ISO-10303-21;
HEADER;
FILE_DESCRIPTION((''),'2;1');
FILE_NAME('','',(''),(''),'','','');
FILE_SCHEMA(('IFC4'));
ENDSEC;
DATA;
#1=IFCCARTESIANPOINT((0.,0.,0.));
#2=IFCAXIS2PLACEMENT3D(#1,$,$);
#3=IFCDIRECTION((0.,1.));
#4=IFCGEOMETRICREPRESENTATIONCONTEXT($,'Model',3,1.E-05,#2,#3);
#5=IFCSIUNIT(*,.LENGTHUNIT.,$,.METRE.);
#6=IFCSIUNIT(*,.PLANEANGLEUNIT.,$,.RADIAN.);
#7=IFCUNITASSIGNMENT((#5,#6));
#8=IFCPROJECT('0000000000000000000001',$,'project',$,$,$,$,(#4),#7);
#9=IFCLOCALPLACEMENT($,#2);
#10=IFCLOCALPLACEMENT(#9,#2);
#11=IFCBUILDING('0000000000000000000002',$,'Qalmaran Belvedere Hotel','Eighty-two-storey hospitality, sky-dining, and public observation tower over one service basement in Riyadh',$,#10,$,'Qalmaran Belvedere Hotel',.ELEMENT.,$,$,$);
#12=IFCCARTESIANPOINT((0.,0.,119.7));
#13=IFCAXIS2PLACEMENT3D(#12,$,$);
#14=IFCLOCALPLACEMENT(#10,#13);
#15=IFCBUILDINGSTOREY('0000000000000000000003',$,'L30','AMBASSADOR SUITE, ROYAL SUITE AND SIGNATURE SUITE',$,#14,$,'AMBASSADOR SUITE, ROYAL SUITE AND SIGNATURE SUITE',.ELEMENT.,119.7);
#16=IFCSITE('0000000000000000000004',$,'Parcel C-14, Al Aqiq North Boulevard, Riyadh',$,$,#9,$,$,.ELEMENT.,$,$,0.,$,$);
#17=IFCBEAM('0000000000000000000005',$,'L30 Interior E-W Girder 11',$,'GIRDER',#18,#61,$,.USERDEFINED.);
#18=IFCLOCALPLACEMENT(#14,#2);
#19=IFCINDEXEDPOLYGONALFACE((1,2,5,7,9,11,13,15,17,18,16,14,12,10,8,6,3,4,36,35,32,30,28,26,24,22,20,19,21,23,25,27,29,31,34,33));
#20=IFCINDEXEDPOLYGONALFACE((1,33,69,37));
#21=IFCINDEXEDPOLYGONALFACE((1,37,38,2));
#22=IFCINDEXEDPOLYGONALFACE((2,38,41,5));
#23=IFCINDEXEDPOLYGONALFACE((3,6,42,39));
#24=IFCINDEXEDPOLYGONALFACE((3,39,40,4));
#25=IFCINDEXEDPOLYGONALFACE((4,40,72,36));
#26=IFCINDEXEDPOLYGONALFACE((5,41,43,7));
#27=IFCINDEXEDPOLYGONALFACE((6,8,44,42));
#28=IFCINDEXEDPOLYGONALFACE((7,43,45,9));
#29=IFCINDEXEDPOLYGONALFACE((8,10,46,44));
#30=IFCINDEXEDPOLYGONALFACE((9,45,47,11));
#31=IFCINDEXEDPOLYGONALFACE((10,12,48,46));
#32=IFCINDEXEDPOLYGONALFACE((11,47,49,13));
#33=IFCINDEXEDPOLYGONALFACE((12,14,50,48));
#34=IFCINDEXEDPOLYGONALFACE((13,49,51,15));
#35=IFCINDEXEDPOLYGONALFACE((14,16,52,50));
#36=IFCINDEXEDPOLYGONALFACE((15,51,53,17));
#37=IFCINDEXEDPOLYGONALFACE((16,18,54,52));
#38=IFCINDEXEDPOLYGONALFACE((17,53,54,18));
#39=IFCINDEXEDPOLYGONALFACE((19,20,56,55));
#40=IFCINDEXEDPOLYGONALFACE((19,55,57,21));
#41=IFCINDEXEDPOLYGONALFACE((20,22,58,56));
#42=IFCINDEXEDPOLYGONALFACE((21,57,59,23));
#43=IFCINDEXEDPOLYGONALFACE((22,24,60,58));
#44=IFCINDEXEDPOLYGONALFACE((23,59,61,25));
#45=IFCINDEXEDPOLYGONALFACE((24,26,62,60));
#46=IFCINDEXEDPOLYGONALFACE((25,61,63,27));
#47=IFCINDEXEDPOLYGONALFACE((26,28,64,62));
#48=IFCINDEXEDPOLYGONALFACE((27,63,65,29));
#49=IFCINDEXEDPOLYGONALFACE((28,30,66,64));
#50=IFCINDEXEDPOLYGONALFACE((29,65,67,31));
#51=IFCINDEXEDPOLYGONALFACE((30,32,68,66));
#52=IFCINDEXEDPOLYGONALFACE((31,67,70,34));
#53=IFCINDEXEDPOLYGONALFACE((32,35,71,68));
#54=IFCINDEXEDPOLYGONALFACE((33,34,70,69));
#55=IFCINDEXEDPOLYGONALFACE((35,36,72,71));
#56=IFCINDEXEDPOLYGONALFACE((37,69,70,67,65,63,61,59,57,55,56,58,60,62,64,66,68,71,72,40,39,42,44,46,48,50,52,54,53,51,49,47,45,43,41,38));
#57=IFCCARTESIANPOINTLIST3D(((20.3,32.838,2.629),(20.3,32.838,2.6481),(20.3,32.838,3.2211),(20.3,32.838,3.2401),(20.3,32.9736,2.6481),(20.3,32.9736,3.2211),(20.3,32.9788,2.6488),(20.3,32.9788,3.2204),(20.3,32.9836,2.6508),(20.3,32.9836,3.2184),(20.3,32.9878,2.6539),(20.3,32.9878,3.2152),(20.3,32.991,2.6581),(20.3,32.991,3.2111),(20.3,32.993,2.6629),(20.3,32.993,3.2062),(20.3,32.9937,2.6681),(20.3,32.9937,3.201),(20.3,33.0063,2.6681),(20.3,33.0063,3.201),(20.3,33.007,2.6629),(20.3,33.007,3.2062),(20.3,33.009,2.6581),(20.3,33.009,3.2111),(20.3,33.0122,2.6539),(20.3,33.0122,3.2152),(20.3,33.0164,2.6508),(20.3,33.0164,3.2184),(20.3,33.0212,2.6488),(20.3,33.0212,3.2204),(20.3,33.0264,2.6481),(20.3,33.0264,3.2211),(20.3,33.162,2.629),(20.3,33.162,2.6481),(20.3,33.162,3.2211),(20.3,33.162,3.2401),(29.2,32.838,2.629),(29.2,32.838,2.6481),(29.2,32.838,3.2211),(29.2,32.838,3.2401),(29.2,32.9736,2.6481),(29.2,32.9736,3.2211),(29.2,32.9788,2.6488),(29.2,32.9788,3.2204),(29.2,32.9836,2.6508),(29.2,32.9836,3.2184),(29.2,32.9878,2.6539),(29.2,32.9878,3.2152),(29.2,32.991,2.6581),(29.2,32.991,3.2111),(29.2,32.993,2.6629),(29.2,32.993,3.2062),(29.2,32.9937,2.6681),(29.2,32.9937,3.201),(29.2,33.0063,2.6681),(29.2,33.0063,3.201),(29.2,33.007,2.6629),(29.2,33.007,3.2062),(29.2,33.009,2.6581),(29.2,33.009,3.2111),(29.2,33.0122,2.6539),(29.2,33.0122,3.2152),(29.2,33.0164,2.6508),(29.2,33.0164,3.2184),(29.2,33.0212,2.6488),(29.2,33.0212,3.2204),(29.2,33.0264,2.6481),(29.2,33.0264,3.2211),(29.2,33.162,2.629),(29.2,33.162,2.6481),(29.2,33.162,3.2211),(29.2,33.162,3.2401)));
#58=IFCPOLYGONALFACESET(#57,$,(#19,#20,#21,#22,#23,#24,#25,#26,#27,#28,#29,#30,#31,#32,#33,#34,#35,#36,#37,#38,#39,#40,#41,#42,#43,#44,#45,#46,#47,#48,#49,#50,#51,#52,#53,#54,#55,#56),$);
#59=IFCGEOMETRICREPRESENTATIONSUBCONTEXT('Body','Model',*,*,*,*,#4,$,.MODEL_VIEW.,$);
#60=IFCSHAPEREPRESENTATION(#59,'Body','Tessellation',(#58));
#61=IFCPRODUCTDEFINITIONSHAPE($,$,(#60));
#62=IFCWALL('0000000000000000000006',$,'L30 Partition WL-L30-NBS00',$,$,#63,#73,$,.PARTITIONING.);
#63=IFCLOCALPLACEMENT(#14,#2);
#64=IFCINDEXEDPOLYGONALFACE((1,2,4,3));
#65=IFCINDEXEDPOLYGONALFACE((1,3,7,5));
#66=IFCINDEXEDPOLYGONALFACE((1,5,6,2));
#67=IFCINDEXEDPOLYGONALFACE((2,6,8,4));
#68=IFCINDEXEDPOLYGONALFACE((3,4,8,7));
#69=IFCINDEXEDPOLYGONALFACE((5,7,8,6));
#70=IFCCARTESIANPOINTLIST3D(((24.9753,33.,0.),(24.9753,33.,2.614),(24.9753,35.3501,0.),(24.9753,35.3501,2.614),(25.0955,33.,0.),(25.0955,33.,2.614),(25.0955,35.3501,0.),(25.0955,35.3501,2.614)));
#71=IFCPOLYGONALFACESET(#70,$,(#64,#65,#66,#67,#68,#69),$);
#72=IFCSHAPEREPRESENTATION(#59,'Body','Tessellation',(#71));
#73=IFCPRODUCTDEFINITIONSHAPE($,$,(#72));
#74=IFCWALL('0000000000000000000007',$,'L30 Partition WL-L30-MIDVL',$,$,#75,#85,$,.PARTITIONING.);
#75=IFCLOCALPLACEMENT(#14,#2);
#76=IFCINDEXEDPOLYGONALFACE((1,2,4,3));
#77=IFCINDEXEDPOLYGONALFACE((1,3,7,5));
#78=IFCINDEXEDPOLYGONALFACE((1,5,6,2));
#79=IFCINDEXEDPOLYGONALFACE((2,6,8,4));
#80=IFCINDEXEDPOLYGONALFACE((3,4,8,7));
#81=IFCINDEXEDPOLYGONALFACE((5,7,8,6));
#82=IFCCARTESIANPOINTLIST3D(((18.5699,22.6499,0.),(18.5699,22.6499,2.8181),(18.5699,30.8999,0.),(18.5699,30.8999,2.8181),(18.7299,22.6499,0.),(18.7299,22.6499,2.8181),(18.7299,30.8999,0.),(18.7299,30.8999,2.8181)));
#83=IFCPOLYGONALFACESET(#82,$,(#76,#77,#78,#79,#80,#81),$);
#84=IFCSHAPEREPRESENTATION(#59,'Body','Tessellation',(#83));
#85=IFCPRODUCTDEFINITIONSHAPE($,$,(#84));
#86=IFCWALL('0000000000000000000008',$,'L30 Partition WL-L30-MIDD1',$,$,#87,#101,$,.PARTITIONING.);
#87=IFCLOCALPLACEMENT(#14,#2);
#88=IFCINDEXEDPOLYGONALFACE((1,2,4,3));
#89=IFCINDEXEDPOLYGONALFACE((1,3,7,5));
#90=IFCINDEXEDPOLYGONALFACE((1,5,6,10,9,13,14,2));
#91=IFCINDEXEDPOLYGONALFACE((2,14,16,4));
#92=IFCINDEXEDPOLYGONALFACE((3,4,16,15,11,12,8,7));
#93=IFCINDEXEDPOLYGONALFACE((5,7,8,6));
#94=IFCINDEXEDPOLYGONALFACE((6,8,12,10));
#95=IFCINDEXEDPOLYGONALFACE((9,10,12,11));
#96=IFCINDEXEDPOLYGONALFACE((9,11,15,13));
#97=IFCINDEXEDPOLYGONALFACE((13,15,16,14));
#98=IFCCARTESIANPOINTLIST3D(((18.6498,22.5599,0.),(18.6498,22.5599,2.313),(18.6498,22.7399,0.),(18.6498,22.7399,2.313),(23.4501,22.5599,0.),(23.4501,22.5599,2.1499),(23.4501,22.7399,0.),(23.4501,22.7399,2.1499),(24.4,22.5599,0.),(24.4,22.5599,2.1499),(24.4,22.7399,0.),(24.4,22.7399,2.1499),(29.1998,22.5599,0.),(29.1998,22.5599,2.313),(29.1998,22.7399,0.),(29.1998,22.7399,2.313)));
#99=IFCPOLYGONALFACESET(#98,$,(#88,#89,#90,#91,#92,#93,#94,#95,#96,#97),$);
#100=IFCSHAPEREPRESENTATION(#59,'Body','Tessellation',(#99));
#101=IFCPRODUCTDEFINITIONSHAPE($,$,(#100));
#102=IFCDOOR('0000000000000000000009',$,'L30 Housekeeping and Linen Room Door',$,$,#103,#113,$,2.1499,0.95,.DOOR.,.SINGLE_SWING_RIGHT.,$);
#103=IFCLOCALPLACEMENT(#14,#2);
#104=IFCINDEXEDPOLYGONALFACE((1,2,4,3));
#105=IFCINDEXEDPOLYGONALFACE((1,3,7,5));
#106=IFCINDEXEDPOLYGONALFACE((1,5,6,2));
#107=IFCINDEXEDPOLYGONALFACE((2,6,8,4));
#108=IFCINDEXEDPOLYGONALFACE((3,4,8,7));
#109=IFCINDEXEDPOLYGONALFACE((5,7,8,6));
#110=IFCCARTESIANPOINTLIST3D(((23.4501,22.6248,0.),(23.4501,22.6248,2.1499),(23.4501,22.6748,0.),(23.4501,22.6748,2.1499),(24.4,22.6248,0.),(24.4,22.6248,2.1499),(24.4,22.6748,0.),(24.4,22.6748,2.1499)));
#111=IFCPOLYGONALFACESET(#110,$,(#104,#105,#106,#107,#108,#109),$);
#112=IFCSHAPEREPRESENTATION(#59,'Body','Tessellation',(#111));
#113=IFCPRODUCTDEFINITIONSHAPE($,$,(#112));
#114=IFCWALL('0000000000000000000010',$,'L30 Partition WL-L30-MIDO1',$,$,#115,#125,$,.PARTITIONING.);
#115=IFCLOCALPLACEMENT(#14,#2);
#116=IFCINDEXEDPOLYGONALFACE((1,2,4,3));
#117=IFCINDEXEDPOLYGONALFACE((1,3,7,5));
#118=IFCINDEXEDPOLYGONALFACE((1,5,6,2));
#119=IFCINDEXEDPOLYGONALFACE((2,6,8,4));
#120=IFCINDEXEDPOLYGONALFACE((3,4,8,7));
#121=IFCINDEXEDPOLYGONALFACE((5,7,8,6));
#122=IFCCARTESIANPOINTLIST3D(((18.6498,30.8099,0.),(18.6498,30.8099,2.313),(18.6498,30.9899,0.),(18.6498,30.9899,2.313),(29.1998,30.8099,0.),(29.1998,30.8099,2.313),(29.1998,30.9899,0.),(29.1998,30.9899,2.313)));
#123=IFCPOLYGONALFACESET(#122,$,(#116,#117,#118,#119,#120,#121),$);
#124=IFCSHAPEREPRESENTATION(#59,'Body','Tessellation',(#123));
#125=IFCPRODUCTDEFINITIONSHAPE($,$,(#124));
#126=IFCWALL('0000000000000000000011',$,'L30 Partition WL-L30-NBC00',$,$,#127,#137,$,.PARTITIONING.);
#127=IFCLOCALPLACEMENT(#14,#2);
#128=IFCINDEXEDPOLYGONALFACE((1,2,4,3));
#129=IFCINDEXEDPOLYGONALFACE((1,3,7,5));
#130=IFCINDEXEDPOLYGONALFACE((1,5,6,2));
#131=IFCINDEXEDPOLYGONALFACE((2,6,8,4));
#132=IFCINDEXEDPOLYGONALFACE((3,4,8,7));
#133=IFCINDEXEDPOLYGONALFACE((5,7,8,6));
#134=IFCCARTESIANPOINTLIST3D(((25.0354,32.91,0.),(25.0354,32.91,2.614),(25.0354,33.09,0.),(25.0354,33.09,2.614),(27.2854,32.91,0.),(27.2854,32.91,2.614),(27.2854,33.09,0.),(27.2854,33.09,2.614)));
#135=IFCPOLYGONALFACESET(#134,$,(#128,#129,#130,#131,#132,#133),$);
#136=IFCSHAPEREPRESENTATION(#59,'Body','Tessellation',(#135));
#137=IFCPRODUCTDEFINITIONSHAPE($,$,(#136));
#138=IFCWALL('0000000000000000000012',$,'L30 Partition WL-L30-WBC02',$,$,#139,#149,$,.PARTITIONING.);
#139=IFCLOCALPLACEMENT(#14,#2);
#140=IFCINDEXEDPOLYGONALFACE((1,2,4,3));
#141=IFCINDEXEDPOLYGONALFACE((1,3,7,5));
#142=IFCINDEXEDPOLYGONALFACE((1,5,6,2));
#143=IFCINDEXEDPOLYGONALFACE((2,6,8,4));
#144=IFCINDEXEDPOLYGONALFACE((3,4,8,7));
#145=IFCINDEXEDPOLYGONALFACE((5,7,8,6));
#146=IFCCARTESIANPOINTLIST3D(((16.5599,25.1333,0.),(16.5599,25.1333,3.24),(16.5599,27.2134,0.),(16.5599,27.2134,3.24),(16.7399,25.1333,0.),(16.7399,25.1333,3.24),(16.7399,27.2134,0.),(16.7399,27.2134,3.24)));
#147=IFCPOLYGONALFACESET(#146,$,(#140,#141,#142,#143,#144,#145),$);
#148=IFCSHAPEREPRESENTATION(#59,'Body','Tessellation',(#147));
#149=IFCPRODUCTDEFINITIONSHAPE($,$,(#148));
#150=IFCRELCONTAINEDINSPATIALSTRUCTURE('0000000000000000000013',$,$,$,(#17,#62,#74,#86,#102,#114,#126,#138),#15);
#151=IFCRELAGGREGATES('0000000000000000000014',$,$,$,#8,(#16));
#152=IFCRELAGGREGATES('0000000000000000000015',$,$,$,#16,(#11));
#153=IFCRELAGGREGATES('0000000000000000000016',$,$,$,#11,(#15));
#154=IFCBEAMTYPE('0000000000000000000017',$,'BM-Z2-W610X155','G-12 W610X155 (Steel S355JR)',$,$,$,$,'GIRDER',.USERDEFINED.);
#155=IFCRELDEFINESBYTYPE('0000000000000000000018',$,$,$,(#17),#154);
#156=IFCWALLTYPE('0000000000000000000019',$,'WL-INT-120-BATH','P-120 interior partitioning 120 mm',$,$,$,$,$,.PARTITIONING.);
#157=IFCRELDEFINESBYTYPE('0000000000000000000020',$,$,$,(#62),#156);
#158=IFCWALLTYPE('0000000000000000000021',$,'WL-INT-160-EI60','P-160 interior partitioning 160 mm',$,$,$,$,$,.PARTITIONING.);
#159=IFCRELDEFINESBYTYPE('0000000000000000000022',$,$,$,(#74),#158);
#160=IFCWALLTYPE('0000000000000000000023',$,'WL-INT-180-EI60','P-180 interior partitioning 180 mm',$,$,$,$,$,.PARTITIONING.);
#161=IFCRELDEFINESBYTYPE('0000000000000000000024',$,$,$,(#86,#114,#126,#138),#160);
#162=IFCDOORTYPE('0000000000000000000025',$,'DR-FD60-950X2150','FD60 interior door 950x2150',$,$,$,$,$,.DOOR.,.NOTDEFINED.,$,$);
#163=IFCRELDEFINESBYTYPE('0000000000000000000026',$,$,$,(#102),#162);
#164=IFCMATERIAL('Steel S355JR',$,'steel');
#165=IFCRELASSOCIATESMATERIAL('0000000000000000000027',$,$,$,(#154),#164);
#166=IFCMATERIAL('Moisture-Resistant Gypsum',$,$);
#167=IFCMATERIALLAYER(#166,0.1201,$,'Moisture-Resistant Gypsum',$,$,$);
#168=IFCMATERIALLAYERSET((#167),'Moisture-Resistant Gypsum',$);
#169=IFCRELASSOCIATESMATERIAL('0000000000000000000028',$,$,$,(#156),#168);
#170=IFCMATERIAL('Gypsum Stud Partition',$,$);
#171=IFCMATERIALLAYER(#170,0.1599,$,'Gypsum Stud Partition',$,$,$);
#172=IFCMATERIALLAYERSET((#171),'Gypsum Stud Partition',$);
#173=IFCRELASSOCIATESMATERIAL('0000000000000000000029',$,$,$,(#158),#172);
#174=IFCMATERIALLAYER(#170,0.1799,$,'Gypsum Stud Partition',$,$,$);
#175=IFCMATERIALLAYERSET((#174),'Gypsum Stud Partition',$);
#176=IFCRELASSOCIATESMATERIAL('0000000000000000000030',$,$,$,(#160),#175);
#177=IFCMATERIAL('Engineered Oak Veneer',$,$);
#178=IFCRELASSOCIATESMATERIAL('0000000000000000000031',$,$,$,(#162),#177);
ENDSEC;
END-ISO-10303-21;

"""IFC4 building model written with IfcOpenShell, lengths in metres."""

from ifc_helpers import new_model, si_unit, direction, frame, frame_2d, origin, origin_2d, place, context, subcontext, project, spatial, rectangle, i_section, extrude, material, layer, layer_set, material_profile, profile_set, type_object, element, fill, save


model = new_model("IFC4")

# Units and contexts
model_context = context("Model", 3, precision=1e-05, world=origin(), true_north=direction((0.0, 1.0)))
body_context = subcontext(model_context, "Body", "Model", "MODEL_VIEW")
ifc_project = project(units=[si_unit("LENGTHUNIT", "METRE"), si_unit("PLANEANGLEUNIT", "RADIAN")], contexts=[model_context])

# Site, building, storey
site_placement = place(None, origin())
site = spatial("IfcSite", under=ifc_project, at=site_placement, Name="Parcel C-14, Al Aqiq North Boulevard, Riyadh", CompositionType="ELEMENT", RefElevation=0.0)
building_placement = place(site_placement, origin())
building = spatial("IfcBuilding", under=site, at=building_placement, Name="Qalmaran Belvedere Hotel", Description="Eighty-two-storey hospitality, sky-dining, and public observation tower over one service basement in Riyadh", LongName="Qalmaran Belvedere Hotel", CompositionType="ELEMENT")
storey_placement = place(building_placement, frame((0.0, 0.0, 119.7)))
storey = spatial("IfcBuildingStorey", under=building, at=storey_placement, Name="L30", Description="AMBASSADOR SUITE, ROYAL SUITE AND SIGNATURE SUITE", LongName="AMBASSADOR SUITE, ROYAL SUITE AND SIGNATURE SUITE", CompositionType="ELEMENT", Elevation=119.7)

# Beam
ifc_material_1 = material(Name="Steel S355JR", Category="steel")
ifc_material_profile_1 = material_profile(ifc_material_1, i_section(OverallWidth=0.324, OverallDepth=0.6111, WebThickness=0.0127, FlangeThickness=0.019, FilletRadius=0.02, at=origin_2d()), Name="W610X155")
ifc_profile_set_1 = profile_set([ifc_material_profile_1], Name="Steel S355JR")
beam_type_1 = type_object("IfcBeamType", Name="BM-Z2-W610X155", Description="G-12 W610X155 (Steel S355JR)", ElementType="GIRDER", PredefinedType="USERDEFINED", material=ifc_profile_set_1)
beam_1_placement = place(storey_placement, frame((20.3, 33.0, 2.9346), z_axis=(1.0, 0.0, 0.0), x_axis=(0.0, 1.0, 0.0)))
element("IfcBeam", 1, at=beam_1_placement, inside=storey, type_object=beam_type_1, Name="L30 Interior E-W Girder 11", ObjectType="GIRDER", PredefinedType="USERDEFINED", context=body_context, shape_type="SweptSolid", body=[
    extrude(i_section(OverallWidth=0.324, OverallDepth=0.6111, WebThickness=0.0127, FlangeThickness=0.019, FilletRadius=0.02, at=origin_2d()), origin(), (0.0, 0.0, 1.0), 8.8999),
])

# Wall
ifc_material_2 = material(Name="Moisture-Resistant Gypsum")
ifc_layer_1 = layer(ifc_material_2, 0.1201, Name="Moisture-Resistant Gypsum")
ifc_layer_set_1 = layer_set([ifc_layer_1], Name="Moisture-Resistant Gypsum")
wall_type_1 = type_object("IfcWallType", Name="WL-INT-120-BATH", Description="P-120 interior partitioning 120 mm", PredefinedType="PARTITIONING", material=ifc_layer_set_1)
wall_1_placement = place(storey_placement, frame((25.0354, 33.0, 0.0), z_axis=(0.0, 0.0, 1.0), x_axis=(0.0, 1.0, 0.0)))
element("IfcWall", 2, at=wall_1_placement, inside=storey, type_object=wall_type_1, Name="L30 Partition WL-L30-NBS00", PredefinedType="PARTITIONING", context=body_context, shape_type="SweptSolid", body=[
    extrude(rectangle(XDim=2.3501, YDim=0.1201, at=frame_2d((1.175, 0.0))), origin(), (0.0, 0.0, 1.0), 2.614),
])

# Shared definitions
ifc_material_3 = material(Name="Gypsum Stud Partition")

# Wall
ifc_layer_2 = layer(ifc_material_3, 0.1599, Name="Gypsum Stud Partition")
ifc_layer_set_2 = layer_set([ifc_layer_2], Name="Gypsum Stud Partition")
wall_type_2 = type_object("IfcWallType", Name="WL-INT-160-EI60", Description="P-160 interior partitioning 160 mm", PredefinedType="PARTITIONING", material=ifc_layer_set_2)
wall_2_placement = place(storey_placement, frame((18.6499, 22.6499, 0.0), z_axis=(0.0, 0.0, 1.0), x_axis=(0.0, 1.0, 0.0)))
element("IfcWall", 3, at=wall_2_placement, inside=storey, type_object=wall_type_2, Name="L30 Partition WL-L30-MIDVL", PredefinedType="PARTITIONING", context=body_context, shape_type="SweptSolid", body=[
    extrude(rectangle(XDim=8.25, YDim=0.1599, at=frame_2d((4.125, 0.0))), origin(), (0.0, 0.0, 1.0), 2.8181),
])

# Wall, opening, door
ifc_layer_3 = layer(ifc_material_3, 0.1799, Name="Gypsum Stud Partition")
ifc_layer_set_3 = layer_set([ifc_layer_3], Name="Gypsum Stud Partition")
wall_type_3 = type_object("IfcWallType", Name="WL-INT-180-EI60", Description="P-180 interior partitioning 180 mm", PredefinedType="PARTITIONING", material=ifc_layer_set_3)
wall_3_placement = place(storey_placement, frame((18.6499, 22.6499, 0.0), z_axis=(0.0, 0.0, 1.0), x_axis=(1.0, 0.0, 0.0)))
wall_3 = element("IfcWall", 4, at=wall_3_placement, inside=storey, type_object=wall_type_3, Name="L30 Partition WL-L30-MIDD1", PredefinedType="PARTITIONING", context=body_context, shape_type="SweptSolid", body=[
    extrude(rectangle(XDim=10.55, YDim=0.1799, at=frame_2d((5.2749, 0.0))), origin(), (0.0, 0.0, 1.0), 2.313),
])
opening_1_placement = place(wall_3_placement, frame((4.8, 0.0, 0.0)))
opening_1 = element("IfcOpeningElement", 5, at=opening_1_placement, cuts=wall_3, PredefinedType="OPENING", context=body_context, shape_type="SweptSolid", body=[
    extrude(rectangle(XDim=0.95, YDim=2.1499, at=frame_2d((0.4751, 1.075))), frame((0.0, 0.1001, 0.0), z_axis=(0.0, -1.0, 0.0), x_axis=(1.0, 0.0, 0.0)), (0.0, 0.0, 1.0), 0.2),
])
ifc_material_4 = material(Name="Engineered Oak Veneer")
door_type_1 = type_object("IfcDoorType", Name="DR-FD60-950X2150", Description="FD60 interior door 950x2150", OperationType="NOTDEFINED", PredefinedType="DOOR", material=ifc_material_4)
door_1_placement = place(opening_1_placement, origin())
door_1 = element("IfcDoor", 6, at=door_1_placement, inside=storey, type_object=door_type_1, Name="L30 Housekeeping and Linen Room Door", OperationType="SINGLE_SWING_RIGHT", OverallHeight=2.1499, OverallWidth=0.95, PredefinedType="DOOR", context=body_context, shape_type="SweptSolid", body=[
    extrude(rectangle(XDim=0.95, YDim=2.1499, at=frame_2d((0.4751, 1.075))), frame((0.0, 0.0249, 0.0), z_axis=(0.0, -1.0, 0.0), x_axis=(1.0, 0.0, 0.0)), (0.0, 0.0, 1.0), 0.05),
])
fill(opening_1, door_1)

# Walls
wall_4_placement = place(storey_placement, frame((18.6499, 30.8999, 0.0), z_axis=(0.0, 0.0, 1.0), x_axis=(1.0, 0.0, 0.0)))
element("IfcWall", 7, at=wall_4_placement, inside=storey, type_object=wall_type_3, Name="L30 Partition WL-L30-MIDO1", PredefinedType="PARTITIONING", context=body_context, shape_type="SweptSolid", body=[
    extrude(rectangle(XDim=10.55, YDim=0.1799, at=frame_2d((5.2749, 0.0))), origin(), (0.0, 0.0, 1.0), 2.313),
])
wall_5_placement = place(storey_placement, frame((25.0354, 33.0, 0.0), z_axis=(0.0, 0.0, 1.0), x_axis=(1.0, 0.0, 0.0)))
element("IfcWall", 8, at=wall_5_placement, inside=storey, type_object=wall_type_3, Name="L30 Partition WL-L30-NBC00", PredefinedType="PARTITIONING", context=body_context, shape_type="SweptSolid", body=[
    extrude(rectangle(XDim=2.25, YDim=0.1799, at=frame_2d((1.125, 0.0))), origin(), (0.0, 0.0, 1.0), 2.614),
])

# Wall
wall_6_placement = place(storey_placement, frame((16.6499, 25.1333, 0.0), z_axis=(0.0, 0.0, 1.0), x_axis=(0.0, 1.0, 0.0)))
element("IfcWall", 9, at=wall_6_placement, inside=storey, type_object=wall_type_3, Name="L30 Partition WL-L30-WBC02", PredefinedType="PARTITIONING", context=body_context, shape_type="SweptSolid", body=[
    extrude(rectangle(XDim=2.0801, YDim=0.1799, at=frame_2d((1.04, 0.0))), origin(), (0.0, 0.0, 1.0), 3.24),
])

save(model, "model.ifc")
